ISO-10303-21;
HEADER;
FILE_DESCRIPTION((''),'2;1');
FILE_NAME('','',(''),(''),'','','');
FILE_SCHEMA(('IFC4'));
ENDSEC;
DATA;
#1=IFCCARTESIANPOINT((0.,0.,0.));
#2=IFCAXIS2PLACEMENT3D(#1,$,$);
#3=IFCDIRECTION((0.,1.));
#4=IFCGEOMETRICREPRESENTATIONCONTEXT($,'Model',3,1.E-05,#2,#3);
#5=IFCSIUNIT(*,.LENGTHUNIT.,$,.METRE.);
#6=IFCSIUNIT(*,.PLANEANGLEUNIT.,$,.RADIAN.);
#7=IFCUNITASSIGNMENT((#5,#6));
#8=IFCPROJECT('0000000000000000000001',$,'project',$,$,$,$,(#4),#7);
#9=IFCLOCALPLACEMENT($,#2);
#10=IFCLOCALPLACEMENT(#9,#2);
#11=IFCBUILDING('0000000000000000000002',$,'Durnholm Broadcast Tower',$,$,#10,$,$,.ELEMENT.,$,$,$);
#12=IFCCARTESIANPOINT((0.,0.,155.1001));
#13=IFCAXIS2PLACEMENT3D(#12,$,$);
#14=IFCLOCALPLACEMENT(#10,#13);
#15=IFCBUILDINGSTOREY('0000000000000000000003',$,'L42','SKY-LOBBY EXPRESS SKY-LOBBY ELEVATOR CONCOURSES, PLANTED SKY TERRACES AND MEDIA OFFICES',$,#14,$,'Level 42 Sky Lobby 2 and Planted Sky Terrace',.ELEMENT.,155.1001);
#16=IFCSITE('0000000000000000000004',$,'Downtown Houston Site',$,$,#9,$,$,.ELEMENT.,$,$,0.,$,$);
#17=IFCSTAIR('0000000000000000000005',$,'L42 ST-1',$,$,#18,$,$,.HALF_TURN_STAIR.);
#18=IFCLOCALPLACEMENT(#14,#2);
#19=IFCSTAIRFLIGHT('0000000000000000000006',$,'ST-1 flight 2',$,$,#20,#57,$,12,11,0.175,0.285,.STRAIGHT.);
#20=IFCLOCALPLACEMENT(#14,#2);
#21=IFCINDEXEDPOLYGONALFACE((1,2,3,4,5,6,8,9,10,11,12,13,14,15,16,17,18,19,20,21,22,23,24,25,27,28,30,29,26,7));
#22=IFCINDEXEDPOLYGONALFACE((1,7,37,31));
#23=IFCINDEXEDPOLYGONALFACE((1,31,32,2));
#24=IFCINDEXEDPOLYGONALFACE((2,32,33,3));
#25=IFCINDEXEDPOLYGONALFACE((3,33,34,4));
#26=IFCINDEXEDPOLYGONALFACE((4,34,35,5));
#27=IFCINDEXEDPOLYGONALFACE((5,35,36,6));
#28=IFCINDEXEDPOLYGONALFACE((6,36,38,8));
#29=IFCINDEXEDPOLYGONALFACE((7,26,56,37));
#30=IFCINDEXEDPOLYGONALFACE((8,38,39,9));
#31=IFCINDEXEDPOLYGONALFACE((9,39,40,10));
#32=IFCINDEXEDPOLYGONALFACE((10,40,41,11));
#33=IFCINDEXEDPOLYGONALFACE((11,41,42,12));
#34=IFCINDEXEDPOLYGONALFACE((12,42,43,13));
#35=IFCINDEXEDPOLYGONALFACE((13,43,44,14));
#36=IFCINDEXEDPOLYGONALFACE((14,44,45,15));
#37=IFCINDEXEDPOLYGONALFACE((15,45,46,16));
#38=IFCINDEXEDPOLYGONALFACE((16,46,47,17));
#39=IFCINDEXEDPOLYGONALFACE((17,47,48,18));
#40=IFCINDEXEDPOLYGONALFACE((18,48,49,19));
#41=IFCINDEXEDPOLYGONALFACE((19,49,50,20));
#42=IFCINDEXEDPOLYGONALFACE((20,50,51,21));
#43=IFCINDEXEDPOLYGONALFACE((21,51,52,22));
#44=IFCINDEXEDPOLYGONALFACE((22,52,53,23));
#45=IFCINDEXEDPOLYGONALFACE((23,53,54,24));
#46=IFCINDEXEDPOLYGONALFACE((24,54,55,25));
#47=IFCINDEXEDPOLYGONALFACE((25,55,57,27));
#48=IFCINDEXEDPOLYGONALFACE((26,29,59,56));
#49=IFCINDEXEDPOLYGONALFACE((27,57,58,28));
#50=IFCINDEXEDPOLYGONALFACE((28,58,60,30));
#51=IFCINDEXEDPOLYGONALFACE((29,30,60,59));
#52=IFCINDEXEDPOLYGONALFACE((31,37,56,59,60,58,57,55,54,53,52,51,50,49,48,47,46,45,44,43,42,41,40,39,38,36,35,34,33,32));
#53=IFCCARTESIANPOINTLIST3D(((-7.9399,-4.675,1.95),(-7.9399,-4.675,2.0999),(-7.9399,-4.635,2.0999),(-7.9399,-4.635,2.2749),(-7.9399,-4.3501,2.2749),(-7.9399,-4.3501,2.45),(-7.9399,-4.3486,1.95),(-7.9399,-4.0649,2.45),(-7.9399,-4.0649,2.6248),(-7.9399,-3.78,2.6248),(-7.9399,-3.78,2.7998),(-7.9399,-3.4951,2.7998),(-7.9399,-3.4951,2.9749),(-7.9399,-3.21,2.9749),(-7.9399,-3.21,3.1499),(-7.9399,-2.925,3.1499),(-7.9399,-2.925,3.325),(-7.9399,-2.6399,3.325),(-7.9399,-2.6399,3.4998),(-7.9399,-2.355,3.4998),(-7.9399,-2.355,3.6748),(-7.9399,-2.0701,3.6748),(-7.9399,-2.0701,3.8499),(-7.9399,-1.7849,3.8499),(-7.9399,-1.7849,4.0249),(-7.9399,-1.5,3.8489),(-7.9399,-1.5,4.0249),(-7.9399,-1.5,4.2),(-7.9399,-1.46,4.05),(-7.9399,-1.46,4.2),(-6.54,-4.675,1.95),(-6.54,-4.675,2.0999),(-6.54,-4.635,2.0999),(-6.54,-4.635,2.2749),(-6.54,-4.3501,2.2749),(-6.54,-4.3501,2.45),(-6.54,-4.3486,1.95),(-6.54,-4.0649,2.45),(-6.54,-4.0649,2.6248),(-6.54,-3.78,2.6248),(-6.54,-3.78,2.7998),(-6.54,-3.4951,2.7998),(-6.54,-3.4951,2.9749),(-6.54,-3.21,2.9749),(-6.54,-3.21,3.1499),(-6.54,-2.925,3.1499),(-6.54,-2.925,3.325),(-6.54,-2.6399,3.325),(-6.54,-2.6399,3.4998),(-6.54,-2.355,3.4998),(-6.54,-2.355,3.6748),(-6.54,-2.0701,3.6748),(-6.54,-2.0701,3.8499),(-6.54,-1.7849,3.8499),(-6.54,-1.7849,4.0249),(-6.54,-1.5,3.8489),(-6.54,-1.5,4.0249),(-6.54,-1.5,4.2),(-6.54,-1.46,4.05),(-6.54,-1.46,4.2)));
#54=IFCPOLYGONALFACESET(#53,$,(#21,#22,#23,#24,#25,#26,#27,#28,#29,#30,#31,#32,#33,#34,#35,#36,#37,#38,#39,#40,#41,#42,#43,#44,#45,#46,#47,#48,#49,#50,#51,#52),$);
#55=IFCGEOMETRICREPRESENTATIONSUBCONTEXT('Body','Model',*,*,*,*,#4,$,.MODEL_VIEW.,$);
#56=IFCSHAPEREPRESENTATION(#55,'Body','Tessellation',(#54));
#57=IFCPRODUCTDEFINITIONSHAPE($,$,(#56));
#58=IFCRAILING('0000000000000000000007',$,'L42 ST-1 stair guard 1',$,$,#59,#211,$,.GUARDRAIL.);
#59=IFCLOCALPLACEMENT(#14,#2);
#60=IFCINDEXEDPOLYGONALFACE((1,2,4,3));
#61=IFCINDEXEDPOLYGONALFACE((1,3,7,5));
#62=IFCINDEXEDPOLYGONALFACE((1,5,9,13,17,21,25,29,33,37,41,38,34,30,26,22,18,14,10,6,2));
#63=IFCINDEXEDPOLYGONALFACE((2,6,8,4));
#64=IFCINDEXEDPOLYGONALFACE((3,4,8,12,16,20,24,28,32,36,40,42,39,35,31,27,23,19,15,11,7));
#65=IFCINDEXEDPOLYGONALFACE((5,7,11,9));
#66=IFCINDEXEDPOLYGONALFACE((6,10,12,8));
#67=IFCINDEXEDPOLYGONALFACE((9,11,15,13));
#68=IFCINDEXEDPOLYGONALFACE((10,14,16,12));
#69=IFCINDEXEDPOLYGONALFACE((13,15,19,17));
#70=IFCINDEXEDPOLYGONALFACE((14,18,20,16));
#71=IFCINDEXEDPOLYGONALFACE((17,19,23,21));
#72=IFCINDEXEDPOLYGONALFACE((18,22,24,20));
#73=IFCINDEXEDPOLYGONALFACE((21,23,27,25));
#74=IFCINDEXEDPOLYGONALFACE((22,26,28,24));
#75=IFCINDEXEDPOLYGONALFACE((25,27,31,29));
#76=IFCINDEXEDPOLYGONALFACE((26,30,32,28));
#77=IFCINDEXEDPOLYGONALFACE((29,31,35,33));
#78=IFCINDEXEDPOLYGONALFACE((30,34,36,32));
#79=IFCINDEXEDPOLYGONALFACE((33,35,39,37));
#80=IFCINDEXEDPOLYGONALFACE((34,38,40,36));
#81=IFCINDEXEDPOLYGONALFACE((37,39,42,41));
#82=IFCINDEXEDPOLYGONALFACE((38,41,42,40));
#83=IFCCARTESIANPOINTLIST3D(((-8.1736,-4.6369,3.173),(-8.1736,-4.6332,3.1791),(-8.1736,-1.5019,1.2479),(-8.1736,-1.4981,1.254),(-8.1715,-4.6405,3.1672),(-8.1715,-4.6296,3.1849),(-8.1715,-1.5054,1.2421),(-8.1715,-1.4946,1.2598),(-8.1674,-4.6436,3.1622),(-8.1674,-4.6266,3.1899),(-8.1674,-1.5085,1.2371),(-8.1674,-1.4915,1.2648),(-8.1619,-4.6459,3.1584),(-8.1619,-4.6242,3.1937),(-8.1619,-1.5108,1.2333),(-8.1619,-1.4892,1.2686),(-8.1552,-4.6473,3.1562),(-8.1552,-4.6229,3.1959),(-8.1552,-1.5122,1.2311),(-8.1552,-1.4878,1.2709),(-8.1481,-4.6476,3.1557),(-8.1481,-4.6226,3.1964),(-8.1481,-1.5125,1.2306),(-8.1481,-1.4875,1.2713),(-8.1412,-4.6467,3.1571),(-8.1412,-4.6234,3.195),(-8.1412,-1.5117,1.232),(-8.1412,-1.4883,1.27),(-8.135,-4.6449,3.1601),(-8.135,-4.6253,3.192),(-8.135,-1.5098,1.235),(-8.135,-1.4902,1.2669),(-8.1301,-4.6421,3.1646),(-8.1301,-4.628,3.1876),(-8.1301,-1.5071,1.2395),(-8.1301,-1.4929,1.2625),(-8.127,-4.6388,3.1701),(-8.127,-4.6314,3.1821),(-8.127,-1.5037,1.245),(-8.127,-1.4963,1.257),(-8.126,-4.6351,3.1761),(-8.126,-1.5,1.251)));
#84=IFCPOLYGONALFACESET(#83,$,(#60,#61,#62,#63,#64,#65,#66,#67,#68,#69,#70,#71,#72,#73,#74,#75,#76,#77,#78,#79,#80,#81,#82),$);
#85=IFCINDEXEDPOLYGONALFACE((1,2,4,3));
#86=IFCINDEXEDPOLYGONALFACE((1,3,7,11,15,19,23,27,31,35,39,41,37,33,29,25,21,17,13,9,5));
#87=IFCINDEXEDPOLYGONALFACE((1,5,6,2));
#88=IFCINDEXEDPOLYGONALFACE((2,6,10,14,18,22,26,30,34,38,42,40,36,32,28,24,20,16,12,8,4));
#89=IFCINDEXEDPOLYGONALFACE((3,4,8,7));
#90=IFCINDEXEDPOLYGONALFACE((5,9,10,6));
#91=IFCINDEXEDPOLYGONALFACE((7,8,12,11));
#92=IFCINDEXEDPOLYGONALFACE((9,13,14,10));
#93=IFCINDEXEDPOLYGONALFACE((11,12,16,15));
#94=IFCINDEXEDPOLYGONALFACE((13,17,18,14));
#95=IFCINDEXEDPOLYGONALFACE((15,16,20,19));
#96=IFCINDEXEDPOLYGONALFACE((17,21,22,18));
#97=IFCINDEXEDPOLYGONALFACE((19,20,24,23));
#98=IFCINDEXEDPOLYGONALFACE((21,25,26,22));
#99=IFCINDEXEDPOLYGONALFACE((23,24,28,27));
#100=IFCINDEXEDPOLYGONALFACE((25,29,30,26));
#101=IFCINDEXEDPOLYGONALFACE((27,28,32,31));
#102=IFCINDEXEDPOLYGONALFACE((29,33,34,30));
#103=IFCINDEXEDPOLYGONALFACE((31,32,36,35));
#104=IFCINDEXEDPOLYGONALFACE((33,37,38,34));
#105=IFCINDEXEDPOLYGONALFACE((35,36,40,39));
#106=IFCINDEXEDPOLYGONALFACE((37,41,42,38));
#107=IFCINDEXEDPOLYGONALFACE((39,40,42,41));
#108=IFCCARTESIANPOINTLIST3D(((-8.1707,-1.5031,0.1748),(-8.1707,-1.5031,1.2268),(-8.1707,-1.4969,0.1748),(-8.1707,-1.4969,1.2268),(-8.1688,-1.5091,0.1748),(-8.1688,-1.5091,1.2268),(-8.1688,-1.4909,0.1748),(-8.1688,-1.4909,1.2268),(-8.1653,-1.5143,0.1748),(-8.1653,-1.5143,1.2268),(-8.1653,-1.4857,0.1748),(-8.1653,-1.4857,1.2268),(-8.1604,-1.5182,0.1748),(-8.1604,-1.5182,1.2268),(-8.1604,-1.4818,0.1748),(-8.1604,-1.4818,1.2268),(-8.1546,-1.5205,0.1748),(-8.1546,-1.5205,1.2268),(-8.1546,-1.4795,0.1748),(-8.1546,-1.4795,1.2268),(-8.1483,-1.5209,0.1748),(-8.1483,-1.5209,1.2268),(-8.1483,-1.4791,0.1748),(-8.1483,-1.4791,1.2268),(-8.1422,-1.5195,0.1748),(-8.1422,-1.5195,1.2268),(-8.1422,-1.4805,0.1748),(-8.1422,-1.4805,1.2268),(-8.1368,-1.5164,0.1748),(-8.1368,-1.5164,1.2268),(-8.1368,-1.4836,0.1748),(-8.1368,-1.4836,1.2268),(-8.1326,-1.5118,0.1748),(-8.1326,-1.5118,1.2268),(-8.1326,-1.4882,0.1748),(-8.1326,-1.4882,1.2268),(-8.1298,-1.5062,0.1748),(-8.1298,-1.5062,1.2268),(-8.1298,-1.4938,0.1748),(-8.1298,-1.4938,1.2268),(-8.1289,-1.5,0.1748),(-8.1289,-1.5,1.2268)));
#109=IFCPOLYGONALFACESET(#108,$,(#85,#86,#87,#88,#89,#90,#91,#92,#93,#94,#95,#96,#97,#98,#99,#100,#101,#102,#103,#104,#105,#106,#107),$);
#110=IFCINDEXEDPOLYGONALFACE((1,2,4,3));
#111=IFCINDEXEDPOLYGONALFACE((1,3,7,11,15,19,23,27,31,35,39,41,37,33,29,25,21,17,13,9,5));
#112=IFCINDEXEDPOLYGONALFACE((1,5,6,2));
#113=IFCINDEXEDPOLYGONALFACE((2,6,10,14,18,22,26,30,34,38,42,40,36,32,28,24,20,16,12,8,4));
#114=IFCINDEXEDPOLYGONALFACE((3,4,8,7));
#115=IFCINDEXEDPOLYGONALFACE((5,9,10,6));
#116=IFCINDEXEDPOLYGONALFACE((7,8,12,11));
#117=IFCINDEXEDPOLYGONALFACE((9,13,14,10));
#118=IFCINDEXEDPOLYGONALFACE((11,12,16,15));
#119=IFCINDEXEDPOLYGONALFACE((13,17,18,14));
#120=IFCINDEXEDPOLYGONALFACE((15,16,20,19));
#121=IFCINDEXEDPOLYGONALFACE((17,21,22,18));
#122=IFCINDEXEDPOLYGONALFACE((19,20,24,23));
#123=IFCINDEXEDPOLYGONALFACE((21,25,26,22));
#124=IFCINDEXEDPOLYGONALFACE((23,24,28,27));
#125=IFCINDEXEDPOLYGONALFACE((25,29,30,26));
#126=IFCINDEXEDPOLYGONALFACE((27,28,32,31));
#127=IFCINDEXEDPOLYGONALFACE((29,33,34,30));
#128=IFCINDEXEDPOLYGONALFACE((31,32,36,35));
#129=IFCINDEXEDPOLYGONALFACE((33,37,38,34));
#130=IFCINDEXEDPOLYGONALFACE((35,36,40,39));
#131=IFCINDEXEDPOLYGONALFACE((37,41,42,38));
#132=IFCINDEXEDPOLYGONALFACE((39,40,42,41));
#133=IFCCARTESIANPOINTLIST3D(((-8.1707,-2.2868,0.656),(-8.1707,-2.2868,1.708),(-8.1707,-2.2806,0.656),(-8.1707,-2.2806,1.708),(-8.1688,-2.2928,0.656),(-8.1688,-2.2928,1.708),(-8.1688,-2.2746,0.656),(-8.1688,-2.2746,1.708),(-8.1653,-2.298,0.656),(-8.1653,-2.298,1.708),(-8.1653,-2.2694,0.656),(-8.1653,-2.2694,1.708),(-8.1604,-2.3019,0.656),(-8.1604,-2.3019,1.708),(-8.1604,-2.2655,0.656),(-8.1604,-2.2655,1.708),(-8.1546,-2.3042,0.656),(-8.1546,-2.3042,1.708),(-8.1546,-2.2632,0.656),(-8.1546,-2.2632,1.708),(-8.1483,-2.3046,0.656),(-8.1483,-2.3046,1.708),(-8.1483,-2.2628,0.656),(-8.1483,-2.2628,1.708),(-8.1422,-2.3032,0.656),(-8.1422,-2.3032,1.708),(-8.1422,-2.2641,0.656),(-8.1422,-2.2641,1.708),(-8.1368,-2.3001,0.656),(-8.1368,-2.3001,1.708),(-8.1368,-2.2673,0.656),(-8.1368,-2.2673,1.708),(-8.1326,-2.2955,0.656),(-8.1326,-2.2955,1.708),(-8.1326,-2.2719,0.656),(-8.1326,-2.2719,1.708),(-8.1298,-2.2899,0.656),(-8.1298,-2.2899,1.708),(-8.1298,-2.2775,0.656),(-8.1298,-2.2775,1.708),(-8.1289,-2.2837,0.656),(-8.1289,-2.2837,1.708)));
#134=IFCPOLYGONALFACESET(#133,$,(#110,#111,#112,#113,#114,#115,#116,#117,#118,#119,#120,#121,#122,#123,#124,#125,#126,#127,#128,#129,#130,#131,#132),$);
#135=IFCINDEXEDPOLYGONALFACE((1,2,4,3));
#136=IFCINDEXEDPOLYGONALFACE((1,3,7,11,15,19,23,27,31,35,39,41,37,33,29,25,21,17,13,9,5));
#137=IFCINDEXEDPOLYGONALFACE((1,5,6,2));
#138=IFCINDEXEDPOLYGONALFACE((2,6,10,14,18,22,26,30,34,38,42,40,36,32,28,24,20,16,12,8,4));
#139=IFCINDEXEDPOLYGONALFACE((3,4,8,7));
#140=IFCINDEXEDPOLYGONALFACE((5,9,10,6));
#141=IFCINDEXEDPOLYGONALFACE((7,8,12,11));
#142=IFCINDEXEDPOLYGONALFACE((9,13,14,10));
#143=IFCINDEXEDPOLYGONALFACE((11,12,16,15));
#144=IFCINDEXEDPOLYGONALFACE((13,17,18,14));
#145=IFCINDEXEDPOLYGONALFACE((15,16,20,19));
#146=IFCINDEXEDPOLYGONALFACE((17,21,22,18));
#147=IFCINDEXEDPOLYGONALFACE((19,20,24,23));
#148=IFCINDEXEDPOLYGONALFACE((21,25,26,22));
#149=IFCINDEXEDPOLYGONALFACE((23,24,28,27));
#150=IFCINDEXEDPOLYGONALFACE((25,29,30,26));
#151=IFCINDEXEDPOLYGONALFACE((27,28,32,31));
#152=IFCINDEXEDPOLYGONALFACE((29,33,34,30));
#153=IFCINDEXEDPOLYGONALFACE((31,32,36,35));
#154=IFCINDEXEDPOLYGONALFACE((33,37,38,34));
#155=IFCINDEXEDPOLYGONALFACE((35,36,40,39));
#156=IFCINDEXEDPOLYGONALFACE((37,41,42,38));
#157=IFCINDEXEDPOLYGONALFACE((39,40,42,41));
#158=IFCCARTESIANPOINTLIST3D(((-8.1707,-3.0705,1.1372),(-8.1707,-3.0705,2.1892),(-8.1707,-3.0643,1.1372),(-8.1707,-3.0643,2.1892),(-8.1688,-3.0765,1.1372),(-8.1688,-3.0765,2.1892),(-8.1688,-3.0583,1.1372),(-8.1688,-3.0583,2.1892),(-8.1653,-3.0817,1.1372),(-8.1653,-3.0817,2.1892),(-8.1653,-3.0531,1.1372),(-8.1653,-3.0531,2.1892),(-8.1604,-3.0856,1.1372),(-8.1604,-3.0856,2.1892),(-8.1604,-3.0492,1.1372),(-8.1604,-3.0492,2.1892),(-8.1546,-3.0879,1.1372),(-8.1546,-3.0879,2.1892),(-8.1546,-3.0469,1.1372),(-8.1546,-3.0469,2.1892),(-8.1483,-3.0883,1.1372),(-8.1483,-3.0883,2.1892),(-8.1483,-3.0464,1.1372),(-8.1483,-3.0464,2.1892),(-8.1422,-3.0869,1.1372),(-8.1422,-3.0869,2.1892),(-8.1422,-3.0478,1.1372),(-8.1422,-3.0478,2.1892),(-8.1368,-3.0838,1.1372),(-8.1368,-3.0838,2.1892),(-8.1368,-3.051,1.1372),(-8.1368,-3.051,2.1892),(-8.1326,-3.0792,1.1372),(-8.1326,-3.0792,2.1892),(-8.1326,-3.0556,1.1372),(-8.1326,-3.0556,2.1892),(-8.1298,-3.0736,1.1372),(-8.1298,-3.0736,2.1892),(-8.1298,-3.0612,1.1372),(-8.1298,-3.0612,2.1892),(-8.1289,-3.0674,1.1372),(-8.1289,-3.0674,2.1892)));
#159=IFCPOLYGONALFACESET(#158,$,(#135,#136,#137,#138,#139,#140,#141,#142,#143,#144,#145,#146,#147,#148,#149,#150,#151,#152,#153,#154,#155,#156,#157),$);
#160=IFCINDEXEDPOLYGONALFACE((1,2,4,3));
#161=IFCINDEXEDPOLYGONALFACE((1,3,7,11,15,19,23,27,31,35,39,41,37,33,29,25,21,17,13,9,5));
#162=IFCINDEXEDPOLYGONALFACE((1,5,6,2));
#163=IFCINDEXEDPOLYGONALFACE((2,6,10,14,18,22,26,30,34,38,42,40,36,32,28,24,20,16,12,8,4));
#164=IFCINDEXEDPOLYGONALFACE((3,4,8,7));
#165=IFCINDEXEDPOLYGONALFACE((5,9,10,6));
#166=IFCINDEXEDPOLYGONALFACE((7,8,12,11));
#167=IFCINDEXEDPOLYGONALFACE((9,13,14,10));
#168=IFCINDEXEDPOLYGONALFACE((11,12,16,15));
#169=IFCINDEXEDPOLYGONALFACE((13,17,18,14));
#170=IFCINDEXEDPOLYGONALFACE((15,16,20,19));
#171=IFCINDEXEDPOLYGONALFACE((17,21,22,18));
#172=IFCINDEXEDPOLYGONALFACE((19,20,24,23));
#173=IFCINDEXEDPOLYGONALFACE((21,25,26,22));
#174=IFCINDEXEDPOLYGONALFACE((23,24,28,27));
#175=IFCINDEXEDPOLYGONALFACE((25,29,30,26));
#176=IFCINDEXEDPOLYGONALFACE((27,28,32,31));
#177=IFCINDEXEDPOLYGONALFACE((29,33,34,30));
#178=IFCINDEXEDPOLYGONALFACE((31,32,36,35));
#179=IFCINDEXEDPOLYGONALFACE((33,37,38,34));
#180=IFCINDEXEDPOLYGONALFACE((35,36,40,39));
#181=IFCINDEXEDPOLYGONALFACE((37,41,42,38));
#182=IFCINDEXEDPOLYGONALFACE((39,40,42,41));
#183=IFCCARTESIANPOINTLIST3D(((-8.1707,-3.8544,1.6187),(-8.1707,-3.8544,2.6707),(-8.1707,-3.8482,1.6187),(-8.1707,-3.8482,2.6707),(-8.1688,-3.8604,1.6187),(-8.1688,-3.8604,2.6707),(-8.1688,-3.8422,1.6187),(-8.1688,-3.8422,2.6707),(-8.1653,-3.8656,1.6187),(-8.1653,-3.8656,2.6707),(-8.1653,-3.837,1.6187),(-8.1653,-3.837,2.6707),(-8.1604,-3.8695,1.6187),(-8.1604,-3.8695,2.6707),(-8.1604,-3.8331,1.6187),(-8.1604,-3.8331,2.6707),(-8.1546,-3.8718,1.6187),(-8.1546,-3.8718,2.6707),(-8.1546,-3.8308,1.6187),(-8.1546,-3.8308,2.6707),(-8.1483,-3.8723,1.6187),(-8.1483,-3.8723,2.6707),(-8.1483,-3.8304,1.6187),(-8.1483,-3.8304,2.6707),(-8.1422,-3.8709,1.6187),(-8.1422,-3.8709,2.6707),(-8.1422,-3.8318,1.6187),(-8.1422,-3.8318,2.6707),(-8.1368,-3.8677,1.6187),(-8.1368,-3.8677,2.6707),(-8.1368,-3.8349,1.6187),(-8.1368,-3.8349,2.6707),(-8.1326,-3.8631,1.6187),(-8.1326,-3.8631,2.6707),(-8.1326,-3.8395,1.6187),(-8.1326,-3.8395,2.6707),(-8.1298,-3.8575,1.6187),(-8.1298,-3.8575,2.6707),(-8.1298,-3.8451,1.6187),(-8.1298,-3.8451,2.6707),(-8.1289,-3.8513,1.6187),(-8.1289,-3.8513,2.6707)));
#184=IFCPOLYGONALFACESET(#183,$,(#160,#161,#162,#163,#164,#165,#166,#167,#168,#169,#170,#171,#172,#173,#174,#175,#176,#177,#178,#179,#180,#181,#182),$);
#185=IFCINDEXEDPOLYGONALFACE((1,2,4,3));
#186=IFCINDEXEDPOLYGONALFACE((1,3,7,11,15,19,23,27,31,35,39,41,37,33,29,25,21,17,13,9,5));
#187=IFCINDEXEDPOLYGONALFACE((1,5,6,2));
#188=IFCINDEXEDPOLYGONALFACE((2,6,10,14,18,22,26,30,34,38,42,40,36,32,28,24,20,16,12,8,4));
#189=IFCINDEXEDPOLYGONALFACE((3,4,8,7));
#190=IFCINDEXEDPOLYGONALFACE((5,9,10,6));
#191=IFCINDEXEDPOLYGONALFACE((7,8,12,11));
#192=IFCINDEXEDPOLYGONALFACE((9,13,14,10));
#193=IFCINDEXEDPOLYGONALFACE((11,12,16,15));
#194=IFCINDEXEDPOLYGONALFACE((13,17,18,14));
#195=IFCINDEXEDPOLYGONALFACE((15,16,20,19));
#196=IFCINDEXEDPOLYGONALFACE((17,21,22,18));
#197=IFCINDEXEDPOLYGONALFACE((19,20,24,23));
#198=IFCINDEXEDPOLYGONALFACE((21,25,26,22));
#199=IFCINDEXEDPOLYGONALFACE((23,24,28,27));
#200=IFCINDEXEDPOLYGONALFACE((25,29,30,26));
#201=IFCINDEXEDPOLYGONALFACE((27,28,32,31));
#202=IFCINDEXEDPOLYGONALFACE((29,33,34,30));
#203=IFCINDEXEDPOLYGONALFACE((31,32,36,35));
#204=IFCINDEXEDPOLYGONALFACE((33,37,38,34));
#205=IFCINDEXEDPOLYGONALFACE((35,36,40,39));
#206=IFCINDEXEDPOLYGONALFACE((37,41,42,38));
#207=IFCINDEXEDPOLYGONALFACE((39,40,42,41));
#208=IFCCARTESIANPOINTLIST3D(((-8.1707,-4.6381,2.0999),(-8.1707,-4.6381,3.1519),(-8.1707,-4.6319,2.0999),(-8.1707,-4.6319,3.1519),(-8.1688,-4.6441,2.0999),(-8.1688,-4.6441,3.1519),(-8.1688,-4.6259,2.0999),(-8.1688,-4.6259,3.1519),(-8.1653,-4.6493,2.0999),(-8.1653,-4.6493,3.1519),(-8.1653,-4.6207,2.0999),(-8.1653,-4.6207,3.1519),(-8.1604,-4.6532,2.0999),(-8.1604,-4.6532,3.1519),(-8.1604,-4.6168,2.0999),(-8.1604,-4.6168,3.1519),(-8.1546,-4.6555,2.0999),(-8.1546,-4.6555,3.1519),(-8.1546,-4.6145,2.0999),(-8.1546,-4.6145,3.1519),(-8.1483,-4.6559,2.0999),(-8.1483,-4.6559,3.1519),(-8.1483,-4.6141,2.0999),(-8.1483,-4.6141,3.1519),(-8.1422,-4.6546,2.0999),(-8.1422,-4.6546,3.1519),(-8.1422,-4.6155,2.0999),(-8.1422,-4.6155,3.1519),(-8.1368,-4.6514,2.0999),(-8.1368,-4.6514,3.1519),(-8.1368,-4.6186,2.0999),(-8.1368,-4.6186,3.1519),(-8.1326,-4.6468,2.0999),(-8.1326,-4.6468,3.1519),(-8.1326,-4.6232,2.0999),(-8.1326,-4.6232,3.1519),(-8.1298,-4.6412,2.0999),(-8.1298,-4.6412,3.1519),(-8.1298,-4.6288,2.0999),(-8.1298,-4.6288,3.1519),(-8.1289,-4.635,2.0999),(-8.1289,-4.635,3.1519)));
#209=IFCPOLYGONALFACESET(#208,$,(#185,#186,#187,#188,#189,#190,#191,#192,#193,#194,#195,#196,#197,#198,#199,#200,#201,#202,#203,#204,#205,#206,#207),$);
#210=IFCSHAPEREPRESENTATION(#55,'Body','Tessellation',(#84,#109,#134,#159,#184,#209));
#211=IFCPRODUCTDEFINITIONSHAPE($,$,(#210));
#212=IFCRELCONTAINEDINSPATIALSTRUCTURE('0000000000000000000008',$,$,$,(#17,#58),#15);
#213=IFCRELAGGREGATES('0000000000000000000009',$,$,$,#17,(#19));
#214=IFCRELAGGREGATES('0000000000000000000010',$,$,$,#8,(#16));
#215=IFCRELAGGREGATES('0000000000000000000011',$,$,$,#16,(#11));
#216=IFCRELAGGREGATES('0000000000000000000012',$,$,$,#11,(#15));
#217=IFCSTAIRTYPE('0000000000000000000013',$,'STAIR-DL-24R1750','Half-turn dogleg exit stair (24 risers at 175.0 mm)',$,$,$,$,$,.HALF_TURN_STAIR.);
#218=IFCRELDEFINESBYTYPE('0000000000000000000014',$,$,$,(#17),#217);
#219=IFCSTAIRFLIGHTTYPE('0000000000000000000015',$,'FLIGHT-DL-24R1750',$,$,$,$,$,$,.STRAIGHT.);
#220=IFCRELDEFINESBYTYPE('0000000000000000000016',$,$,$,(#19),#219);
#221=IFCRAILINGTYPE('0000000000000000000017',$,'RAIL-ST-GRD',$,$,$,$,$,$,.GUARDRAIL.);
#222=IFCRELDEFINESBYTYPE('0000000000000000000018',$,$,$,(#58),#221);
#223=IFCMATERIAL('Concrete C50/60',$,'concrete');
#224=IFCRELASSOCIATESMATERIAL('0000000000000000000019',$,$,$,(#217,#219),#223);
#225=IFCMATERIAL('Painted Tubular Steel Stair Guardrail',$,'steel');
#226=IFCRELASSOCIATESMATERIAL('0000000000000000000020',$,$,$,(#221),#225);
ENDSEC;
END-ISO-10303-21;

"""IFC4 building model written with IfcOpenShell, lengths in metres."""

from ifc_helpers import new_model, si_unit, direction, frame, origin, origin_2d, place, context, subcontext, project, spatial, polyline, circle, outline, extrude, material, type_object, element, aggregate, save


model = new_model("IFC4")

# Units and contexts
model_context = context("Model", 3, precision=1e-05, world=origin(), true_north=direction((0.0, 1.0)))
body_context = subcontext(model_context, "Body", "Model", "MODEL_VIEW")
ifc_project = project(units=[si_unit("LENGTHUNIT", "METRE"), si_unit("PLANEANGLEUNIT", "RADIAN")], contexts=[model_context])

# Site, building, storey
site_placement = place(None, origin())
site = spatial("IfcSite", under=ifc_project, at=site_placement, Name="Downtown Houston Site", CompositionType="ELEMENT", RefElevation=0.0)
building_placement = place(site_placement, origin())
building = spatial("IfcBuilding", under=site, at=building_placement, Name="Durnholm Broadcast Tower", CompositionType="ELEMENT")
storey_placement = place(building_placement, frame((0.0, 0.0, 155.1001)))
storey = spatial("IfcBuildingStorey", under=building, at=storey_placement, Name="L42", Description="SKY-LOBBY EXPRESS SKY-LOBBY ELEVATOR CONCOURSES, PLANTED SKY TERRACES AND MEDIA OFFICES", LongName="Level 42 Sky Lobby 2 and Planted Sky Terrace", CompositionType="ELEMENT", Elevation=155.1001)

# Shared definitions
ifc_material_1 = material(Name="Concrete C50/60", Category="concrete")

# Stair, stair flight
stair_type = type_object("IfcStairType", Name="STAIR-DL-24R1750", Description="Half-turn dogleg exit stair (24 risers at 175.0 mm)", PredefinedType="HALF_TURN_STAIR", material=ifc_material_1)
stair_placement = place(storey_placement, origin())
stair = element("IfcStair", 1, at=stair_placement, inside=storey, type_object=stair_type, Name="L42 ST-1", PredefinedType="HALF_TURN_STAIR")
stair_flight_type = type_object("IfcStairFlightType", Name="FLIGHT-DL-24R1750", PredefinedType="STRAIGHT", material=ifc_material_1)
stair_flight_1_placement = place(storey_placement, frame((-7.24, -4.635, 2.0999), z_axis=(0.0, 0.0, 1.0), x_axis=(0.0, 1.0, 0.0)))
stair_flight_1 = element("IfcStairFlight", 2, at=stair_flight_1_placement, type_object=stair_flight_type, Name="ST-1 flight 2", NumberOfRisers=12, NumberOfTreads=11, PredefinedType="STRAIGHT", RiserHeight=0.175, TreadLength=0.285, context=body_context, shape_type="SweptSolid", body=[
    extrude(outline(polyline([(-0.04, -0.1499), (-0.04, 0.0), (0.0, 0.0), (0.0, 0.175), (0.2849, 0.175), (0.2849, 0.3501), (0.5701, 0.3501), (0.5701, 0.5249), (0.855, 0.5249), (0.855, 0.7), (1.1399, 0.7), (1.1399, 0.875), (1.425, 0.875), (1.425, 1.05), (1.71, 1.05), (1.71, 1.2251), (1.9951, 1.2251), (1.9951, 1.3999), (2.28, 1.3999), (2.28, 1.575), (2.5649, 1.575), (2.5649, 1.75), (2.8501, 1.75), (2.8501, 1.925), (3.135, 1.925), (3.135, 2.1001), (3.175, 2.1001), (3.175, 1.9502), (3.135, 1.749), (0.2864, -0.1499), (-0.04, -0.1499)])), frame((0.0, 0.7, 0.0), z_axis=(0.0, -1.0, 0.0), x_axis=(1.0, 0.0, 0.0)), (0.0, 0.0, 1.0), 1.3999),
])
aggregate(stair, [stair_flight_1])

# Railing
ifc_material_2 = material(Name="Painted Tubular Steel Stair Guardrail", Category="steel")
railing_type_1 = type_object("IfcRailingType", Name="RAIL-ST-GRD", PredefinedType="GUARDRAIL", material=ifc_material_2)
railing_1_placement = place(storey_placement, frame((-8.1499, -1.5, 0.1748)))
element("IfcRailing", 3, at=railing_1_placement, inside=storey, type_object=railing_type_1, Name="L42 ST-1 stair guard 1", PredefinedType="GUARDRAIL", context=body_context, shape_type="SweptSolid", body=[
    extrude(circle(Radius=0.0239, at=origin_2d()), frame((0.0, 0.0, 1.0762), z_axis=(0.0, -0.852166, 0.523271), x_axis=(1.0, 0.0, 0.0)), (0.0, 0.0, 1.0), 3.679),
    extrude(circle(Radius=0.021, at=origin_2d()), origin(), (0.0, 0.0, 1.0), 1.052),
    extrude(circle(Radius=0.021, at=origin_2d()), frame((0.0, -0.7837, 0.4812)), (0.0, 0.0, 1.0), 1.052),
    extrude(circle(Radius=0.021, at=origin_2d()), frame((0.0, -1.5674, 0.9624)), (0.0, 0.0, 1.0), 1.052),
    extrude(circle(Radius=0.021, at=origin_2d()), frame((0.0, -2.3513, 1.4438)), (0.0, 0.0, 1.0), 1.052),
    extrude(circle(Radius=0.021, at=origin_2d()), frame((0.0, -3.135, 1.925)), (0.0, 0.0, 1.0), 1.052),
])

save(model, "model.ifc")
